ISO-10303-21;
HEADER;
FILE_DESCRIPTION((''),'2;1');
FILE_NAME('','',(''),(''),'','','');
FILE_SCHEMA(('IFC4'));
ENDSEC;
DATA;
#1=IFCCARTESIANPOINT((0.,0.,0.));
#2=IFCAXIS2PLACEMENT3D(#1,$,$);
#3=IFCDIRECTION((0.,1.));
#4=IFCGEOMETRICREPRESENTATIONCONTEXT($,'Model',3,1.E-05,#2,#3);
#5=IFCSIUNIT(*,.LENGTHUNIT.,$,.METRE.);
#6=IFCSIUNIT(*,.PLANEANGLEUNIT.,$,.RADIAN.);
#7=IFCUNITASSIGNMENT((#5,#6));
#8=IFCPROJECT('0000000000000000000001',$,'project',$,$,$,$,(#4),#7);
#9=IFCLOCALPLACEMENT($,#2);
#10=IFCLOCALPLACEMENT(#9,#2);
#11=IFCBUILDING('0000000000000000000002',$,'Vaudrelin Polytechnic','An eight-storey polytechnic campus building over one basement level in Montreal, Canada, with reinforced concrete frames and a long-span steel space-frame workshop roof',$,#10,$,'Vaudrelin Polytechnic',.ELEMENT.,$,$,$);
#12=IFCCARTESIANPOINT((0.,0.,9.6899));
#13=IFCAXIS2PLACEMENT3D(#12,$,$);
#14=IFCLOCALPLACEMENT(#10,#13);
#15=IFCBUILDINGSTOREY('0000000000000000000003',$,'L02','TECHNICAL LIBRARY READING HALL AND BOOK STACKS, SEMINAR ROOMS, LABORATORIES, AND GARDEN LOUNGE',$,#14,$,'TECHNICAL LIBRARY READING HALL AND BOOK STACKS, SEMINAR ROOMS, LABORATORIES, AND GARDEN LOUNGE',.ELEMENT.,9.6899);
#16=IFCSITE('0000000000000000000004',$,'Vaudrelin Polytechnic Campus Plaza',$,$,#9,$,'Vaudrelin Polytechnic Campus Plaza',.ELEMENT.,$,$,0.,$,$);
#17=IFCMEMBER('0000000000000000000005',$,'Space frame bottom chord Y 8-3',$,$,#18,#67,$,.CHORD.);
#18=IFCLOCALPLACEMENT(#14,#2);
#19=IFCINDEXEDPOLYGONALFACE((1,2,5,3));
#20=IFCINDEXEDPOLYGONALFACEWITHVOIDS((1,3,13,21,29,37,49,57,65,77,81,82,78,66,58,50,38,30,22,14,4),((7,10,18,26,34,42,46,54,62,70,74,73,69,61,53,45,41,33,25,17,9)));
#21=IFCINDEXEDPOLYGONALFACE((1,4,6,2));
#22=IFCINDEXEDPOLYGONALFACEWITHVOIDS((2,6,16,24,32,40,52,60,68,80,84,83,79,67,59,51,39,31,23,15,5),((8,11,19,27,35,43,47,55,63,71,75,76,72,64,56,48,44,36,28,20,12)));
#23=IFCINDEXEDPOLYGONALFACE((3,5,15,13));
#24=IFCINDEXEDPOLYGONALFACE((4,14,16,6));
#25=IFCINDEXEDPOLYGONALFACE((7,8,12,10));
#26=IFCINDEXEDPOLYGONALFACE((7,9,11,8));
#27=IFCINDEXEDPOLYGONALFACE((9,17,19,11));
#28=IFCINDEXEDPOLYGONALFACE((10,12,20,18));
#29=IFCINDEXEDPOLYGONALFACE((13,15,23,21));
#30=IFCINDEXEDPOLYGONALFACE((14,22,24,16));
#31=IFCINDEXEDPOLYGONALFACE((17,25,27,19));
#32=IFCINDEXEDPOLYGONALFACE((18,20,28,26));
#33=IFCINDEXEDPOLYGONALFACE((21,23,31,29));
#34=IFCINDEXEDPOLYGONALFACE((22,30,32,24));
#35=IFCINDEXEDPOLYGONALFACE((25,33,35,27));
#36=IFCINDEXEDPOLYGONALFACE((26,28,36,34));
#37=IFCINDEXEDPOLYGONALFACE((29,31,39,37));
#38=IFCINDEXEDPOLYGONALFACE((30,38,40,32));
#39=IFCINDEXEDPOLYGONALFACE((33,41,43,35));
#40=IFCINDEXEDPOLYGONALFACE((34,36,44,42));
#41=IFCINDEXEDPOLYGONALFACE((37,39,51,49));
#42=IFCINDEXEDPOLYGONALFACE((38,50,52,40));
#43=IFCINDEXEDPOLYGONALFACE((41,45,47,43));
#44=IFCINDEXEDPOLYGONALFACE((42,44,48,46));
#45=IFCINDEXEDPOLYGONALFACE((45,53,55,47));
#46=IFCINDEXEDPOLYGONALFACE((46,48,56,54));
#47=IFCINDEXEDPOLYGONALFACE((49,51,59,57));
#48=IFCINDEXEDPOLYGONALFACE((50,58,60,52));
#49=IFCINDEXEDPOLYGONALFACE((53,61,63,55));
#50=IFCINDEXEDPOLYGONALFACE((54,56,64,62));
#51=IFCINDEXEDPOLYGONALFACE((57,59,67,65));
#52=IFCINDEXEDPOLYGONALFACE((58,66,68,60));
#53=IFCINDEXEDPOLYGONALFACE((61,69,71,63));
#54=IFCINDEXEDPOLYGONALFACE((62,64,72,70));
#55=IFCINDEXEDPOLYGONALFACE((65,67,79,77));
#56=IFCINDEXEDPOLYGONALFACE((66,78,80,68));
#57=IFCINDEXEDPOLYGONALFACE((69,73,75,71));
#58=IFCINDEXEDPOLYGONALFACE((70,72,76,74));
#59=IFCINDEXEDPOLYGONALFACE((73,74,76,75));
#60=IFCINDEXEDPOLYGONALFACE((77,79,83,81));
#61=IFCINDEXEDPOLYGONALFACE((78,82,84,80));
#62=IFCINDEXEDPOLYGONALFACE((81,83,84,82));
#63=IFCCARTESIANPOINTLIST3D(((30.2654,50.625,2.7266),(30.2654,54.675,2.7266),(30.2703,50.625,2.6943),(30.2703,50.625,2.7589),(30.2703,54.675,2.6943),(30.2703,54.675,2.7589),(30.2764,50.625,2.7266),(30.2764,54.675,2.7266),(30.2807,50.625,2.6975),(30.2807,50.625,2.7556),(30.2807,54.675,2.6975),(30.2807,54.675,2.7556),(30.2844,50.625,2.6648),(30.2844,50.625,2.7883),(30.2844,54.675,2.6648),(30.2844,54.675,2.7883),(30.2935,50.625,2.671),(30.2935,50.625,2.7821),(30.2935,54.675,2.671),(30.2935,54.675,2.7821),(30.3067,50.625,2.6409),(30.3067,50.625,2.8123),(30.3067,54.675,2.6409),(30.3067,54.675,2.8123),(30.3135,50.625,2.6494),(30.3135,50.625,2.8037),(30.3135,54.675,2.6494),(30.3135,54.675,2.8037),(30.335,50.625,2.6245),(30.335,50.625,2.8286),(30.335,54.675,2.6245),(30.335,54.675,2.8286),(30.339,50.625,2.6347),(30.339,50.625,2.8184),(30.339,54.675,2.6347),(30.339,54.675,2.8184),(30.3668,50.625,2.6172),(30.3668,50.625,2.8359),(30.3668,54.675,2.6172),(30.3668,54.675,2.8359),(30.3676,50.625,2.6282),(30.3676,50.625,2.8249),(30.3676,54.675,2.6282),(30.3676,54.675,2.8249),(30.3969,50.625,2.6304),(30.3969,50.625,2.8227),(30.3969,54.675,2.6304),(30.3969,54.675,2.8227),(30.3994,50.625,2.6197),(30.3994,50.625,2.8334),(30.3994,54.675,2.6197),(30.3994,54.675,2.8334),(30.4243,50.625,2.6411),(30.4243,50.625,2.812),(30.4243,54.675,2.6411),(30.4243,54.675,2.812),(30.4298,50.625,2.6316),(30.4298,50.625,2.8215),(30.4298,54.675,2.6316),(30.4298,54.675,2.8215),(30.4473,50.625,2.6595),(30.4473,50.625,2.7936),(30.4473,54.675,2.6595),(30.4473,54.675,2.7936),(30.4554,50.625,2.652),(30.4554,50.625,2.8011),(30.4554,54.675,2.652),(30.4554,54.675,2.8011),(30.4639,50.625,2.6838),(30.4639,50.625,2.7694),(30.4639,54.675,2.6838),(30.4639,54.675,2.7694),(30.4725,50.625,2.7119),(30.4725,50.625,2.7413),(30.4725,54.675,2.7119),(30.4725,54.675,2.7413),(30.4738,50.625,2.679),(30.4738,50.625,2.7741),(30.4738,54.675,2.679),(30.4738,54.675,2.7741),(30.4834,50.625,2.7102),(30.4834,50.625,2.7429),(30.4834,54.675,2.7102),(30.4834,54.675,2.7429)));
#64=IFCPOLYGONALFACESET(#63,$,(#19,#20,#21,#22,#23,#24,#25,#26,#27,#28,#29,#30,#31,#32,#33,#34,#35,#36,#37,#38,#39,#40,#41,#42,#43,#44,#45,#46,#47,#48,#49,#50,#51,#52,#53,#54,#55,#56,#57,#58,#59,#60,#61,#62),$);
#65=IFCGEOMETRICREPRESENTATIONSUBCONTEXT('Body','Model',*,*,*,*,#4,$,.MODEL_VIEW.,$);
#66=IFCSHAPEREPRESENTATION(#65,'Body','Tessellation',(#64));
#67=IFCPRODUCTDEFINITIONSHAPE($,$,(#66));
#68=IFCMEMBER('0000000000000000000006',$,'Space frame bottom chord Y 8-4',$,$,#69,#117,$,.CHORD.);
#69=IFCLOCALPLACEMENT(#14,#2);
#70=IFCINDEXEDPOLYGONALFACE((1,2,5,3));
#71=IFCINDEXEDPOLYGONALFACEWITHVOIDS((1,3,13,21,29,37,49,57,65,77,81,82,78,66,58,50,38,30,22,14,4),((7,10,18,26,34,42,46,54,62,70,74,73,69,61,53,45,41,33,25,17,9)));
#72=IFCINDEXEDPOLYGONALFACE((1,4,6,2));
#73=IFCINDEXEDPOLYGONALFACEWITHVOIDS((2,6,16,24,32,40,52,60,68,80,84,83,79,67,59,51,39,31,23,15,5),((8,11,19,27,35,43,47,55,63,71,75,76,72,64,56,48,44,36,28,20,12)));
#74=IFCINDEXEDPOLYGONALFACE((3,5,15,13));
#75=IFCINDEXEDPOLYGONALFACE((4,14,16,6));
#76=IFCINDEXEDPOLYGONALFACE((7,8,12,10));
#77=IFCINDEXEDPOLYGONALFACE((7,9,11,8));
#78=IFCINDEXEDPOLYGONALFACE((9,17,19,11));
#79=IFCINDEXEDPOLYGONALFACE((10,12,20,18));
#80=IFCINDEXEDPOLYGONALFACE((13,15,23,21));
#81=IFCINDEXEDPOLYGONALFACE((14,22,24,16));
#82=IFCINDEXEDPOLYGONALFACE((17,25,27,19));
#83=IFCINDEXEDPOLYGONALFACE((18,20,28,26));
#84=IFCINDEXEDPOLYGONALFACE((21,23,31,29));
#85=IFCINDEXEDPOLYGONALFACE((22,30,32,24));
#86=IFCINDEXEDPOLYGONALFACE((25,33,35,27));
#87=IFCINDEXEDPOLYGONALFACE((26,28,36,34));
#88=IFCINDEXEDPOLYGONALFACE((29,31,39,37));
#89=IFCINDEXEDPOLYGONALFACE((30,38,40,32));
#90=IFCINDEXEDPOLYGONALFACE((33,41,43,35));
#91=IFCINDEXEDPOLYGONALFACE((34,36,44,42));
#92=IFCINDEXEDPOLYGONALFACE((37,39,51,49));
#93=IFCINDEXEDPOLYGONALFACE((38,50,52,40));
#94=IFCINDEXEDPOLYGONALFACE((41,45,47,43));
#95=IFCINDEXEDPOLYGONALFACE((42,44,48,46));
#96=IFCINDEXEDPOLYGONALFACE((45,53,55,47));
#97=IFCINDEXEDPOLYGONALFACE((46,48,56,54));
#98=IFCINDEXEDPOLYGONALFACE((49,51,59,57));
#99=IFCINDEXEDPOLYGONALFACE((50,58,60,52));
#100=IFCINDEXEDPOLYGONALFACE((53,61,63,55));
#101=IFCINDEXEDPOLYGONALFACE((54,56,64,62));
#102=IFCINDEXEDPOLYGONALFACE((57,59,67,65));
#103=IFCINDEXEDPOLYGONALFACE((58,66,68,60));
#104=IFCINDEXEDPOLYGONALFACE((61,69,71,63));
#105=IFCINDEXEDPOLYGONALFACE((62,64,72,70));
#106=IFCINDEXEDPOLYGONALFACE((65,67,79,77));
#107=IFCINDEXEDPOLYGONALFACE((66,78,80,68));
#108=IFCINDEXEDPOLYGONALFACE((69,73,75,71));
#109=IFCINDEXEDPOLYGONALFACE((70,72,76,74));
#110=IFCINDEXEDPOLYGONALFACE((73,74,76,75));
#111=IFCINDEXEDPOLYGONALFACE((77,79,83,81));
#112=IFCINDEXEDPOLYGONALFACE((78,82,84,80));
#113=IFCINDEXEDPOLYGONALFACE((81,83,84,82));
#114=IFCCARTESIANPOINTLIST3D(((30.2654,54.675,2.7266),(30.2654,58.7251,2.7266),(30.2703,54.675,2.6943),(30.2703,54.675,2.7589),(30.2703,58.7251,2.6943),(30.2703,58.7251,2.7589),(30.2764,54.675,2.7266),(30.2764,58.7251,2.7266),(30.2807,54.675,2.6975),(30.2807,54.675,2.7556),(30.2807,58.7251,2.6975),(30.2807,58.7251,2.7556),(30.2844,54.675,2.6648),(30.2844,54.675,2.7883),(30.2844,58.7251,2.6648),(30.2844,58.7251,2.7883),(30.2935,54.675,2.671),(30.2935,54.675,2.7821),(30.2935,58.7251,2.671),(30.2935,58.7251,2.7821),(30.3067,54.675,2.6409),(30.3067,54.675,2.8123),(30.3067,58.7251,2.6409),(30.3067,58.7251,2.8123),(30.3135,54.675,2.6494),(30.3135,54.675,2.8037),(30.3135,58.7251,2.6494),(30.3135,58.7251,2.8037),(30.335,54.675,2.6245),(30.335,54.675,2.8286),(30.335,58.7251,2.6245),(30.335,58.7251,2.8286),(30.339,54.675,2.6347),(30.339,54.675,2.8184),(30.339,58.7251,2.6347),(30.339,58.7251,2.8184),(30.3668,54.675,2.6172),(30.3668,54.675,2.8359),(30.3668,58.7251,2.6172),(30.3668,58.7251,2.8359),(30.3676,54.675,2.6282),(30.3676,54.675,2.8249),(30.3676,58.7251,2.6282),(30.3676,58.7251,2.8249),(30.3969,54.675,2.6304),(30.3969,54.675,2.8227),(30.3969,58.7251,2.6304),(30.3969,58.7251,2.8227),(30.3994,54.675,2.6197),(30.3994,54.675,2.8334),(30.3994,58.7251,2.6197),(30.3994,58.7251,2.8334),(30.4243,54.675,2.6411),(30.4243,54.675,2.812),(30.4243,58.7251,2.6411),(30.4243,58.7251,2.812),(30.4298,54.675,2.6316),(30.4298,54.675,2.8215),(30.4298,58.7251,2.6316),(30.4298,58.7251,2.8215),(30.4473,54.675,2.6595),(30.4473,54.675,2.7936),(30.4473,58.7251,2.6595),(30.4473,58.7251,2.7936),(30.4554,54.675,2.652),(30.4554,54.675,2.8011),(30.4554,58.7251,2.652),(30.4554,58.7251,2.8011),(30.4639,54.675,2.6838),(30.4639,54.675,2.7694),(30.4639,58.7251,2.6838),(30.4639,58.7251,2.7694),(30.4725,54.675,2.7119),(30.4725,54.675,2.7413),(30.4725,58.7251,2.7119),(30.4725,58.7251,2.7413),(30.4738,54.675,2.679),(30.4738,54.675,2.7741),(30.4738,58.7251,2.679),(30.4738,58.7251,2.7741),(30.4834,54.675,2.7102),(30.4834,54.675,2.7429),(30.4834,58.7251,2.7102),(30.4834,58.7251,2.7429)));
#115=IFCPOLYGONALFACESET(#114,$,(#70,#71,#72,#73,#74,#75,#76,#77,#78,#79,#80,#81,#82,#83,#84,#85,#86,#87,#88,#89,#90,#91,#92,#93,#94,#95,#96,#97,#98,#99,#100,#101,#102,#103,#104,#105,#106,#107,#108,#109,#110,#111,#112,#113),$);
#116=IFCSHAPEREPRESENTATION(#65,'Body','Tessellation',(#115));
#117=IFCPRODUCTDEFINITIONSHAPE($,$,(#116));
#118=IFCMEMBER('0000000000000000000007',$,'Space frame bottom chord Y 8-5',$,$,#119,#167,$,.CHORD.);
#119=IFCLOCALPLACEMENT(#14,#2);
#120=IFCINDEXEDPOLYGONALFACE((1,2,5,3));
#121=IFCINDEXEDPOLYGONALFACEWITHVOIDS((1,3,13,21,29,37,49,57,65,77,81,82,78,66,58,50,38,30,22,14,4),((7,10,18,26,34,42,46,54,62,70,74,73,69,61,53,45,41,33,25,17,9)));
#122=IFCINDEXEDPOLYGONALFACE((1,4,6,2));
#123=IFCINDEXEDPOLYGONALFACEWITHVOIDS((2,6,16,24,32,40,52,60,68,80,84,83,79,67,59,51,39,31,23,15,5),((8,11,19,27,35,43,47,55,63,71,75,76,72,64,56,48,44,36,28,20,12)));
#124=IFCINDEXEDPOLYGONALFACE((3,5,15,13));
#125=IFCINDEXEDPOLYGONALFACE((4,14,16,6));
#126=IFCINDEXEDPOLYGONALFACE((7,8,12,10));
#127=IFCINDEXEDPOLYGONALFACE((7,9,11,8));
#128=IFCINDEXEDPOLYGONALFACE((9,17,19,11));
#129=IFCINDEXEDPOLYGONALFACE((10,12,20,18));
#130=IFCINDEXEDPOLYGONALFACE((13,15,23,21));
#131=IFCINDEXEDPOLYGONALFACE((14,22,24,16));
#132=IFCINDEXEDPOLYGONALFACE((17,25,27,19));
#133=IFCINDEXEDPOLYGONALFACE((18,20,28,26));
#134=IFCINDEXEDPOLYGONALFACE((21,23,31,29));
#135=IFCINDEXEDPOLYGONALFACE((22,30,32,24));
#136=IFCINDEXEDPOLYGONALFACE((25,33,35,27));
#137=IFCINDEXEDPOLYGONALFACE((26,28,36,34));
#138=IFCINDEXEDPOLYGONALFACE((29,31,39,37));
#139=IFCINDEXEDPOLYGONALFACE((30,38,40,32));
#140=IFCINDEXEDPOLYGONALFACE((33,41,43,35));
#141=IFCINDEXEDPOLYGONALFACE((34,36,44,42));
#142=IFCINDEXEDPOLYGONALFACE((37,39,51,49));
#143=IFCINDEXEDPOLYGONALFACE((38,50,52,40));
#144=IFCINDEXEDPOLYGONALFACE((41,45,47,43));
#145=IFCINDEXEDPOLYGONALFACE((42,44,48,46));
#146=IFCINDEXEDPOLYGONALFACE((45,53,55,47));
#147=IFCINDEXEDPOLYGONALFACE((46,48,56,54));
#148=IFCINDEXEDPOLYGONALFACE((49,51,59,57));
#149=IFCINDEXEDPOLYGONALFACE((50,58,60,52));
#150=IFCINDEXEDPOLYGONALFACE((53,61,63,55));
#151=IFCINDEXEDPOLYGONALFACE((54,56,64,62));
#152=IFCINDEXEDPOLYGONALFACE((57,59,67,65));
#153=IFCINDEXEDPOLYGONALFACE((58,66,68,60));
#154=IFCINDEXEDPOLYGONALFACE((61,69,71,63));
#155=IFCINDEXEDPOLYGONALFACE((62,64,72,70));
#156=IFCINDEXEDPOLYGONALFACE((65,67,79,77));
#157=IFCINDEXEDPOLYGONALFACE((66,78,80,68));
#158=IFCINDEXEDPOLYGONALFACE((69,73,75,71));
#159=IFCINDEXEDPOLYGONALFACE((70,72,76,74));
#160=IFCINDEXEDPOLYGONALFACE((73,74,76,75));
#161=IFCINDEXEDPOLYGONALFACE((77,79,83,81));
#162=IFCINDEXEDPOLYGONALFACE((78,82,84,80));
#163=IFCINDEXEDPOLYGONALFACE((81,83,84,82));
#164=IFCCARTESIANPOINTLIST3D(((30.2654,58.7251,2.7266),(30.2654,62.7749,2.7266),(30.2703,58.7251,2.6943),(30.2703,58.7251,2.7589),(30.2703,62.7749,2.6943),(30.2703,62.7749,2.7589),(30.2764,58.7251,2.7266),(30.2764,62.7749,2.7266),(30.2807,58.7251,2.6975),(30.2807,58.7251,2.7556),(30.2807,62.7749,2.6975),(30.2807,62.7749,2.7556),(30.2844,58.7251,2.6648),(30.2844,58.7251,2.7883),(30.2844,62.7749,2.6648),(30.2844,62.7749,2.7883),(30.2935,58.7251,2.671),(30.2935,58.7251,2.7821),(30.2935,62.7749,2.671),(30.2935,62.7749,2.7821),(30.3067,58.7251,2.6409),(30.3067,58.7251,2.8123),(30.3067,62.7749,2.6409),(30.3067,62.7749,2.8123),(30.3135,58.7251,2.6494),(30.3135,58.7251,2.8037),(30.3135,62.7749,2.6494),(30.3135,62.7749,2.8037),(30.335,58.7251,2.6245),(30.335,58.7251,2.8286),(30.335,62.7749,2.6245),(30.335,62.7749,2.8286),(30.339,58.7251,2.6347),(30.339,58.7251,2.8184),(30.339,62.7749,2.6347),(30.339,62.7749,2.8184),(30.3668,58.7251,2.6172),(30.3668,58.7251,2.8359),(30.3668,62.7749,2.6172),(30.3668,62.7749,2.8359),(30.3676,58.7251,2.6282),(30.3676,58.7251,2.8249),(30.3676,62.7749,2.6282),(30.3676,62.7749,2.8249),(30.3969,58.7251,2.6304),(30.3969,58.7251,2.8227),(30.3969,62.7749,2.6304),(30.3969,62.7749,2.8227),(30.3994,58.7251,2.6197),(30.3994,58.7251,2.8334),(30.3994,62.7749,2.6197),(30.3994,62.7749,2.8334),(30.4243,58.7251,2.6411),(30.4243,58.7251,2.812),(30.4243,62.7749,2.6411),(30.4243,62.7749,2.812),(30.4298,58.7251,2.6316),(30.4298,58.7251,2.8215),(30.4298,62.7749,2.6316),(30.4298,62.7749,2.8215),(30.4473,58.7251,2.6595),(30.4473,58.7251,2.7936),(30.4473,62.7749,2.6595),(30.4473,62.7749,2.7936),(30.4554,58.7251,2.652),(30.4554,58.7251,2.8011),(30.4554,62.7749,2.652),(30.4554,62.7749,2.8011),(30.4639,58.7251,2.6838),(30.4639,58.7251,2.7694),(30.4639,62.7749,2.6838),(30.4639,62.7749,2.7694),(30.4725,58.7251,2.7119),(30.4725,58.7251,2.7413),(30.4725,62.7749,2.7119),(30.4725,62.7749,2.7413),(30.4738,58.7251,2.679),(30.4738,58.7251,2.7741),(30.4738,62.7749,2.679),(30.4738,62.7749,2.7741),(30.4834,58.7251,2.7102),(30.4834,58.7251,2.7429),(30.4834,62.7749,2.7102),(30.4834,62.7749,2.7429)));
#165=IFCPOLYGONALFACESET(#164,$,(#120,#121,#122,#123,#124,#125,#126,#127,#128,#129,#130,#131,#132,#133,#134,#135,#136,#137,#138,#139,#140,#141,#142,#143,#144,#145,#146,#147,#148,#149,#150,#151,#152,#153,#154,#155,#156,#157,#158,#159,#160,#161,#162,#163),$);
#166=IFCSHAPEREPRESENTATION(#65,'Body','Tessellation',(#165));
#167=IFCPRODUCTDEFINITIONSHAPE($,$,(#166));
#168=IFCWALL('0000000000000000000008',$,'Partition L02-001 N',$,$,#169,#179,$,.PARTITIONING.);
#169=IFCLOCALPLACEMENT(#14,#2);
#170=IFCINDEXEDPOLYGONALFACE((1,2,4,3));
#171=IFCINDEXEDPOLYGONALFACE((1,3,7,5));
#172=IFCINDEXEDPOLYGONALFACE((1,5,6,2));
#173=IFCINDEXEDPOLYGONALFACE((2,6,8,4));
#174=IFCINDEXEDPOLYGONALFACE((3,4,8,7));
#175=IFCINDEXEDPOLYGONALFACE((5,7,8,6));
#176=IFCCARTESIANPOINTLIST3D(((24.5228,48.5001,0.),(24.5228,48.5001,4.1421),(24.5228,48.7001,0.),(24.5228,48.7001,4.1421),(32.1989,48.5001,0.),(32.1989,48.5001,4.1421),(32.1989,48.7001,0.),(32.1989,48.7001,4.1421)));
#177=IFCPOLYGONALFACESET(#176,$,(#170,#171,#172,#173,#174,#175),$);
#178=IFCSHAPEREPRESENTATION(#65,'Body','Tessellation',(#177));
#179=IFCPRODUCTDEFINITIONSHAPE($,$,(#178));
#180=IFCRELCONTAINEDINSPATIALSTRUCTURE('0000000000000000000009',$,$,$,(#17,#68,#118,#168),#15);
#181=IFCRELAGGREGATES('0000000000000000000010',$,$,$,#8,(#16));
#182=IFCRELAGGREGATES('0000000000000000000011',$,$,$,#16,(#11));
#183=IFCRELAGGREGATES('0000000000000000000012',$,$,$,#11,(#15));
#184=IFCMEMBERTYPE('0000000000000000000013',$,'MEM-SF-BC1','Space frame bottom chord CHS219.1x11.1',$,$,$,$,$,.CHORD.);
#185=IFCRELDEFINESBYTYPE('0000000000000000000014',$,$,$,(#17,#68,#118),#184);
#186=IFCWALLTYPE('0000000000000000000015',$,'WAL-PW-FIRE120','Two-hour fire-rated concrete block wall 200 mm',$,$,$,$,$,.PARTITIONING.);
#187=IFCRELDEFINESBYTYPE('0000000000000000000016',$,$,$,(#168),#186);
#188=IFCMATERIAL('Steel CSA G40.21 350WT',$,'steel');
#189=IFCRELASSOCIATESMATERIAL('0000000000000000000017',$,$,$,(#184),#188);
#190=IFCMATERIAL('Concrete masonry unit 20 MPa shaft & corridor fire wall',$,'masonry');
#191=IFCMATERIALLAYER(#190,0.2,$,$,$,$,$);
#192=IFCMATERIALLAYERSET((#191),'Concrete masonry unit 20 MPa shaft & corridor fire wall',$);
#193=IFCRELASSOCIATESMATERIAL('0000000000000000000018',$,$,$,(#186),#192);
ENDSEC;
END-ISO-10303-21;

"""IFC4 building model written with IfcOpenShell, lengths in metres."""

from ifc_helpers import new_model, si_unit, direction, frame, frame_2d, origin, origin_2d, place, context, subcontext, project, spatial, rectangle, hollow_circle, extrude, material, layer, layer_set, material_profile, profile_set, type_object, element, save


model = new_model("IFC4")

# Units and contexts
model_context = context("Model", 3, precision=1e-05, world=origin(), true_north=direction((0.0, 1.0)))
body_context = subcontext(model_context, "Body", "Model", "MODEL_VIEW")
ifc_project = project(units=[si_unit("LENGTHUNIT", "METRE"), si_unit("PLANEANGLEUNIT", "RADIAN")], contexts=[model_context])

# Site, building, storey
site_placement = place(None, origin())
site = spatial("IfcSite", under=ifc_project, at=site_placement, Name="Vaudrelin Polytechnic Campus Plaza", LongName="Vaudrelin Polytechnic Campus Plaza", CompositionType="ELEMENT", RefElevation=0.0)
building_placement = place(site_placement, origin())
building = spatial("IfcBuilding", under=site, at=building_placement, Name="Vaudrelin Polytechnic", Description="An eight-storey polytechnic campus building over one basement level in Montreal, Canada, with reinforced concrete frames and a long-span steel space-frame workshop roof", LongName="Vaudrelin Polytechnic", CompositionType="ELEMENT")
storey_placement = place(building_placement, frame((0.0, 0.0, 9.6899)))
storey = spatial("IfcBuildingStorey", under=building, at=storey_placement, Name="L02", Description="TECHNICAL LIBRARY READING HALL AND BOOK STACKS, SEMINAR ROOMS, LABORATORIES, AND GARDEN LOUNGE", LongName="TECHNICAL LIBRARY READING HALL AND BOOK STACKS, SEMINAR ROOMS, LABORATORIES, AND GARDEN LOUNGE", CompositionType="ELEMENT", Elevation=9.6899)

# Members
ifc_material_1 = material(Name="Steel CSA G40.21 350WT", Category="steel")
ifc_material_profile_1 = material_profile(ifc_material_1, hollow_circle(Radius=0.1096, WallThickness=0.011, at=origin_2d()), Name="CHS219.1x11.1")
ifc_profile_set_1 = profile_set([ifc_material_profile_1], Name="Steel CSA G40.21 350WT")
member_type = type_object("IfcMemberType", Name="MEM-SF-BC1", Description="Space frame bottom chord CHS219.1x11.1", PredefinedType="CHORD", material=ifc_profile_set_1)
for number, where, z_axis, x_axis, name in (
    (1, (30.375, 50.625, 2.7266), (0.0, 1.0, 0.0), (-1.0, 0.0, 0.0), "Space frame bottom chord Y 8-3"),
    (2, (30.375, 54.675, 2.7266), (0.0, 1.0, 0.0), (-1.0, 0.0, 0.0), "Space frame bottom chord Y 8-4"),
):
    element("IfcMember", number, at=place(storey_placement, frame(where, z_axis=z_axis, x_axis=x_axis)), inside=storey, type_object=member_type, Name=name, PredefinedType="CHORD", context=body_context, shape_type="SweptSolid", body=[
        extrude(hollow_circle(Radius=0.1096, WallThickness=0.011, at=origin_2d()), origin(), (0.0, 0.0, 1.0), 4.05),
    ])
member_1_placement = place(storey_placement, frame((30.375, 58.7251, 2.7266), z_axis=(0.0, 1.0, 0.0), x_axis=(-1.0, 0.0, 0.0)))
element("IfcMember", 3, at=member_1_placement, inside=storey, type_object=member_type, Name="Space frame bottom chord Y 8-5", PredefinedType="CHORD", context=body_context, shape_type="SweptSolid", body=[
    extrude(hollow_circle(Radius=0.1096, WallThickness=0.011, at=origin_2d()), origin(), (0.0, 0.0, 1.0), 4.0498),
])

# Wall
ifc_material_2 = material(Name="Concrete masonry unit 20 MPa shaft & corridor fire wall", Category="masonry")
ifc_layer = layer(ifc_material_2, 0.2)
ifc_layer_set = layer_set([ifc_layer], Name="Concrete masonry unit 20 MPa shaft & corridor fire wall")
wall_type = type_object("IfcWallType", Name="WAL-PW-FIRE120", Description="Two-hour fire-rated concrete block wall 200 mm", PredefinedType="PARTITIONING", material=ifc_layer_set)
wall_placement = place(storey_placement, frame((24.5229, 48.6001, 0.0), z_axis=(0.0, 0.0, 1.0), x_axis=(1.0, 0.0, 0.0)))
element("IfcWall", 4, at=wall_placement, inside=storey, type_object=wall_type, Name="Partition L02-001 N", PredefinedType="PARTITIONING", context=body_context, shape_type="SweptSolid", body=[
    extrude(rectangle(XDim=7.676, YDim=0.2, at=frame_2d((3.8379, 0.0))), origin(), (0.0, 0.0, 1.0), 4.1421),
])

save(model, "model.ifc")
